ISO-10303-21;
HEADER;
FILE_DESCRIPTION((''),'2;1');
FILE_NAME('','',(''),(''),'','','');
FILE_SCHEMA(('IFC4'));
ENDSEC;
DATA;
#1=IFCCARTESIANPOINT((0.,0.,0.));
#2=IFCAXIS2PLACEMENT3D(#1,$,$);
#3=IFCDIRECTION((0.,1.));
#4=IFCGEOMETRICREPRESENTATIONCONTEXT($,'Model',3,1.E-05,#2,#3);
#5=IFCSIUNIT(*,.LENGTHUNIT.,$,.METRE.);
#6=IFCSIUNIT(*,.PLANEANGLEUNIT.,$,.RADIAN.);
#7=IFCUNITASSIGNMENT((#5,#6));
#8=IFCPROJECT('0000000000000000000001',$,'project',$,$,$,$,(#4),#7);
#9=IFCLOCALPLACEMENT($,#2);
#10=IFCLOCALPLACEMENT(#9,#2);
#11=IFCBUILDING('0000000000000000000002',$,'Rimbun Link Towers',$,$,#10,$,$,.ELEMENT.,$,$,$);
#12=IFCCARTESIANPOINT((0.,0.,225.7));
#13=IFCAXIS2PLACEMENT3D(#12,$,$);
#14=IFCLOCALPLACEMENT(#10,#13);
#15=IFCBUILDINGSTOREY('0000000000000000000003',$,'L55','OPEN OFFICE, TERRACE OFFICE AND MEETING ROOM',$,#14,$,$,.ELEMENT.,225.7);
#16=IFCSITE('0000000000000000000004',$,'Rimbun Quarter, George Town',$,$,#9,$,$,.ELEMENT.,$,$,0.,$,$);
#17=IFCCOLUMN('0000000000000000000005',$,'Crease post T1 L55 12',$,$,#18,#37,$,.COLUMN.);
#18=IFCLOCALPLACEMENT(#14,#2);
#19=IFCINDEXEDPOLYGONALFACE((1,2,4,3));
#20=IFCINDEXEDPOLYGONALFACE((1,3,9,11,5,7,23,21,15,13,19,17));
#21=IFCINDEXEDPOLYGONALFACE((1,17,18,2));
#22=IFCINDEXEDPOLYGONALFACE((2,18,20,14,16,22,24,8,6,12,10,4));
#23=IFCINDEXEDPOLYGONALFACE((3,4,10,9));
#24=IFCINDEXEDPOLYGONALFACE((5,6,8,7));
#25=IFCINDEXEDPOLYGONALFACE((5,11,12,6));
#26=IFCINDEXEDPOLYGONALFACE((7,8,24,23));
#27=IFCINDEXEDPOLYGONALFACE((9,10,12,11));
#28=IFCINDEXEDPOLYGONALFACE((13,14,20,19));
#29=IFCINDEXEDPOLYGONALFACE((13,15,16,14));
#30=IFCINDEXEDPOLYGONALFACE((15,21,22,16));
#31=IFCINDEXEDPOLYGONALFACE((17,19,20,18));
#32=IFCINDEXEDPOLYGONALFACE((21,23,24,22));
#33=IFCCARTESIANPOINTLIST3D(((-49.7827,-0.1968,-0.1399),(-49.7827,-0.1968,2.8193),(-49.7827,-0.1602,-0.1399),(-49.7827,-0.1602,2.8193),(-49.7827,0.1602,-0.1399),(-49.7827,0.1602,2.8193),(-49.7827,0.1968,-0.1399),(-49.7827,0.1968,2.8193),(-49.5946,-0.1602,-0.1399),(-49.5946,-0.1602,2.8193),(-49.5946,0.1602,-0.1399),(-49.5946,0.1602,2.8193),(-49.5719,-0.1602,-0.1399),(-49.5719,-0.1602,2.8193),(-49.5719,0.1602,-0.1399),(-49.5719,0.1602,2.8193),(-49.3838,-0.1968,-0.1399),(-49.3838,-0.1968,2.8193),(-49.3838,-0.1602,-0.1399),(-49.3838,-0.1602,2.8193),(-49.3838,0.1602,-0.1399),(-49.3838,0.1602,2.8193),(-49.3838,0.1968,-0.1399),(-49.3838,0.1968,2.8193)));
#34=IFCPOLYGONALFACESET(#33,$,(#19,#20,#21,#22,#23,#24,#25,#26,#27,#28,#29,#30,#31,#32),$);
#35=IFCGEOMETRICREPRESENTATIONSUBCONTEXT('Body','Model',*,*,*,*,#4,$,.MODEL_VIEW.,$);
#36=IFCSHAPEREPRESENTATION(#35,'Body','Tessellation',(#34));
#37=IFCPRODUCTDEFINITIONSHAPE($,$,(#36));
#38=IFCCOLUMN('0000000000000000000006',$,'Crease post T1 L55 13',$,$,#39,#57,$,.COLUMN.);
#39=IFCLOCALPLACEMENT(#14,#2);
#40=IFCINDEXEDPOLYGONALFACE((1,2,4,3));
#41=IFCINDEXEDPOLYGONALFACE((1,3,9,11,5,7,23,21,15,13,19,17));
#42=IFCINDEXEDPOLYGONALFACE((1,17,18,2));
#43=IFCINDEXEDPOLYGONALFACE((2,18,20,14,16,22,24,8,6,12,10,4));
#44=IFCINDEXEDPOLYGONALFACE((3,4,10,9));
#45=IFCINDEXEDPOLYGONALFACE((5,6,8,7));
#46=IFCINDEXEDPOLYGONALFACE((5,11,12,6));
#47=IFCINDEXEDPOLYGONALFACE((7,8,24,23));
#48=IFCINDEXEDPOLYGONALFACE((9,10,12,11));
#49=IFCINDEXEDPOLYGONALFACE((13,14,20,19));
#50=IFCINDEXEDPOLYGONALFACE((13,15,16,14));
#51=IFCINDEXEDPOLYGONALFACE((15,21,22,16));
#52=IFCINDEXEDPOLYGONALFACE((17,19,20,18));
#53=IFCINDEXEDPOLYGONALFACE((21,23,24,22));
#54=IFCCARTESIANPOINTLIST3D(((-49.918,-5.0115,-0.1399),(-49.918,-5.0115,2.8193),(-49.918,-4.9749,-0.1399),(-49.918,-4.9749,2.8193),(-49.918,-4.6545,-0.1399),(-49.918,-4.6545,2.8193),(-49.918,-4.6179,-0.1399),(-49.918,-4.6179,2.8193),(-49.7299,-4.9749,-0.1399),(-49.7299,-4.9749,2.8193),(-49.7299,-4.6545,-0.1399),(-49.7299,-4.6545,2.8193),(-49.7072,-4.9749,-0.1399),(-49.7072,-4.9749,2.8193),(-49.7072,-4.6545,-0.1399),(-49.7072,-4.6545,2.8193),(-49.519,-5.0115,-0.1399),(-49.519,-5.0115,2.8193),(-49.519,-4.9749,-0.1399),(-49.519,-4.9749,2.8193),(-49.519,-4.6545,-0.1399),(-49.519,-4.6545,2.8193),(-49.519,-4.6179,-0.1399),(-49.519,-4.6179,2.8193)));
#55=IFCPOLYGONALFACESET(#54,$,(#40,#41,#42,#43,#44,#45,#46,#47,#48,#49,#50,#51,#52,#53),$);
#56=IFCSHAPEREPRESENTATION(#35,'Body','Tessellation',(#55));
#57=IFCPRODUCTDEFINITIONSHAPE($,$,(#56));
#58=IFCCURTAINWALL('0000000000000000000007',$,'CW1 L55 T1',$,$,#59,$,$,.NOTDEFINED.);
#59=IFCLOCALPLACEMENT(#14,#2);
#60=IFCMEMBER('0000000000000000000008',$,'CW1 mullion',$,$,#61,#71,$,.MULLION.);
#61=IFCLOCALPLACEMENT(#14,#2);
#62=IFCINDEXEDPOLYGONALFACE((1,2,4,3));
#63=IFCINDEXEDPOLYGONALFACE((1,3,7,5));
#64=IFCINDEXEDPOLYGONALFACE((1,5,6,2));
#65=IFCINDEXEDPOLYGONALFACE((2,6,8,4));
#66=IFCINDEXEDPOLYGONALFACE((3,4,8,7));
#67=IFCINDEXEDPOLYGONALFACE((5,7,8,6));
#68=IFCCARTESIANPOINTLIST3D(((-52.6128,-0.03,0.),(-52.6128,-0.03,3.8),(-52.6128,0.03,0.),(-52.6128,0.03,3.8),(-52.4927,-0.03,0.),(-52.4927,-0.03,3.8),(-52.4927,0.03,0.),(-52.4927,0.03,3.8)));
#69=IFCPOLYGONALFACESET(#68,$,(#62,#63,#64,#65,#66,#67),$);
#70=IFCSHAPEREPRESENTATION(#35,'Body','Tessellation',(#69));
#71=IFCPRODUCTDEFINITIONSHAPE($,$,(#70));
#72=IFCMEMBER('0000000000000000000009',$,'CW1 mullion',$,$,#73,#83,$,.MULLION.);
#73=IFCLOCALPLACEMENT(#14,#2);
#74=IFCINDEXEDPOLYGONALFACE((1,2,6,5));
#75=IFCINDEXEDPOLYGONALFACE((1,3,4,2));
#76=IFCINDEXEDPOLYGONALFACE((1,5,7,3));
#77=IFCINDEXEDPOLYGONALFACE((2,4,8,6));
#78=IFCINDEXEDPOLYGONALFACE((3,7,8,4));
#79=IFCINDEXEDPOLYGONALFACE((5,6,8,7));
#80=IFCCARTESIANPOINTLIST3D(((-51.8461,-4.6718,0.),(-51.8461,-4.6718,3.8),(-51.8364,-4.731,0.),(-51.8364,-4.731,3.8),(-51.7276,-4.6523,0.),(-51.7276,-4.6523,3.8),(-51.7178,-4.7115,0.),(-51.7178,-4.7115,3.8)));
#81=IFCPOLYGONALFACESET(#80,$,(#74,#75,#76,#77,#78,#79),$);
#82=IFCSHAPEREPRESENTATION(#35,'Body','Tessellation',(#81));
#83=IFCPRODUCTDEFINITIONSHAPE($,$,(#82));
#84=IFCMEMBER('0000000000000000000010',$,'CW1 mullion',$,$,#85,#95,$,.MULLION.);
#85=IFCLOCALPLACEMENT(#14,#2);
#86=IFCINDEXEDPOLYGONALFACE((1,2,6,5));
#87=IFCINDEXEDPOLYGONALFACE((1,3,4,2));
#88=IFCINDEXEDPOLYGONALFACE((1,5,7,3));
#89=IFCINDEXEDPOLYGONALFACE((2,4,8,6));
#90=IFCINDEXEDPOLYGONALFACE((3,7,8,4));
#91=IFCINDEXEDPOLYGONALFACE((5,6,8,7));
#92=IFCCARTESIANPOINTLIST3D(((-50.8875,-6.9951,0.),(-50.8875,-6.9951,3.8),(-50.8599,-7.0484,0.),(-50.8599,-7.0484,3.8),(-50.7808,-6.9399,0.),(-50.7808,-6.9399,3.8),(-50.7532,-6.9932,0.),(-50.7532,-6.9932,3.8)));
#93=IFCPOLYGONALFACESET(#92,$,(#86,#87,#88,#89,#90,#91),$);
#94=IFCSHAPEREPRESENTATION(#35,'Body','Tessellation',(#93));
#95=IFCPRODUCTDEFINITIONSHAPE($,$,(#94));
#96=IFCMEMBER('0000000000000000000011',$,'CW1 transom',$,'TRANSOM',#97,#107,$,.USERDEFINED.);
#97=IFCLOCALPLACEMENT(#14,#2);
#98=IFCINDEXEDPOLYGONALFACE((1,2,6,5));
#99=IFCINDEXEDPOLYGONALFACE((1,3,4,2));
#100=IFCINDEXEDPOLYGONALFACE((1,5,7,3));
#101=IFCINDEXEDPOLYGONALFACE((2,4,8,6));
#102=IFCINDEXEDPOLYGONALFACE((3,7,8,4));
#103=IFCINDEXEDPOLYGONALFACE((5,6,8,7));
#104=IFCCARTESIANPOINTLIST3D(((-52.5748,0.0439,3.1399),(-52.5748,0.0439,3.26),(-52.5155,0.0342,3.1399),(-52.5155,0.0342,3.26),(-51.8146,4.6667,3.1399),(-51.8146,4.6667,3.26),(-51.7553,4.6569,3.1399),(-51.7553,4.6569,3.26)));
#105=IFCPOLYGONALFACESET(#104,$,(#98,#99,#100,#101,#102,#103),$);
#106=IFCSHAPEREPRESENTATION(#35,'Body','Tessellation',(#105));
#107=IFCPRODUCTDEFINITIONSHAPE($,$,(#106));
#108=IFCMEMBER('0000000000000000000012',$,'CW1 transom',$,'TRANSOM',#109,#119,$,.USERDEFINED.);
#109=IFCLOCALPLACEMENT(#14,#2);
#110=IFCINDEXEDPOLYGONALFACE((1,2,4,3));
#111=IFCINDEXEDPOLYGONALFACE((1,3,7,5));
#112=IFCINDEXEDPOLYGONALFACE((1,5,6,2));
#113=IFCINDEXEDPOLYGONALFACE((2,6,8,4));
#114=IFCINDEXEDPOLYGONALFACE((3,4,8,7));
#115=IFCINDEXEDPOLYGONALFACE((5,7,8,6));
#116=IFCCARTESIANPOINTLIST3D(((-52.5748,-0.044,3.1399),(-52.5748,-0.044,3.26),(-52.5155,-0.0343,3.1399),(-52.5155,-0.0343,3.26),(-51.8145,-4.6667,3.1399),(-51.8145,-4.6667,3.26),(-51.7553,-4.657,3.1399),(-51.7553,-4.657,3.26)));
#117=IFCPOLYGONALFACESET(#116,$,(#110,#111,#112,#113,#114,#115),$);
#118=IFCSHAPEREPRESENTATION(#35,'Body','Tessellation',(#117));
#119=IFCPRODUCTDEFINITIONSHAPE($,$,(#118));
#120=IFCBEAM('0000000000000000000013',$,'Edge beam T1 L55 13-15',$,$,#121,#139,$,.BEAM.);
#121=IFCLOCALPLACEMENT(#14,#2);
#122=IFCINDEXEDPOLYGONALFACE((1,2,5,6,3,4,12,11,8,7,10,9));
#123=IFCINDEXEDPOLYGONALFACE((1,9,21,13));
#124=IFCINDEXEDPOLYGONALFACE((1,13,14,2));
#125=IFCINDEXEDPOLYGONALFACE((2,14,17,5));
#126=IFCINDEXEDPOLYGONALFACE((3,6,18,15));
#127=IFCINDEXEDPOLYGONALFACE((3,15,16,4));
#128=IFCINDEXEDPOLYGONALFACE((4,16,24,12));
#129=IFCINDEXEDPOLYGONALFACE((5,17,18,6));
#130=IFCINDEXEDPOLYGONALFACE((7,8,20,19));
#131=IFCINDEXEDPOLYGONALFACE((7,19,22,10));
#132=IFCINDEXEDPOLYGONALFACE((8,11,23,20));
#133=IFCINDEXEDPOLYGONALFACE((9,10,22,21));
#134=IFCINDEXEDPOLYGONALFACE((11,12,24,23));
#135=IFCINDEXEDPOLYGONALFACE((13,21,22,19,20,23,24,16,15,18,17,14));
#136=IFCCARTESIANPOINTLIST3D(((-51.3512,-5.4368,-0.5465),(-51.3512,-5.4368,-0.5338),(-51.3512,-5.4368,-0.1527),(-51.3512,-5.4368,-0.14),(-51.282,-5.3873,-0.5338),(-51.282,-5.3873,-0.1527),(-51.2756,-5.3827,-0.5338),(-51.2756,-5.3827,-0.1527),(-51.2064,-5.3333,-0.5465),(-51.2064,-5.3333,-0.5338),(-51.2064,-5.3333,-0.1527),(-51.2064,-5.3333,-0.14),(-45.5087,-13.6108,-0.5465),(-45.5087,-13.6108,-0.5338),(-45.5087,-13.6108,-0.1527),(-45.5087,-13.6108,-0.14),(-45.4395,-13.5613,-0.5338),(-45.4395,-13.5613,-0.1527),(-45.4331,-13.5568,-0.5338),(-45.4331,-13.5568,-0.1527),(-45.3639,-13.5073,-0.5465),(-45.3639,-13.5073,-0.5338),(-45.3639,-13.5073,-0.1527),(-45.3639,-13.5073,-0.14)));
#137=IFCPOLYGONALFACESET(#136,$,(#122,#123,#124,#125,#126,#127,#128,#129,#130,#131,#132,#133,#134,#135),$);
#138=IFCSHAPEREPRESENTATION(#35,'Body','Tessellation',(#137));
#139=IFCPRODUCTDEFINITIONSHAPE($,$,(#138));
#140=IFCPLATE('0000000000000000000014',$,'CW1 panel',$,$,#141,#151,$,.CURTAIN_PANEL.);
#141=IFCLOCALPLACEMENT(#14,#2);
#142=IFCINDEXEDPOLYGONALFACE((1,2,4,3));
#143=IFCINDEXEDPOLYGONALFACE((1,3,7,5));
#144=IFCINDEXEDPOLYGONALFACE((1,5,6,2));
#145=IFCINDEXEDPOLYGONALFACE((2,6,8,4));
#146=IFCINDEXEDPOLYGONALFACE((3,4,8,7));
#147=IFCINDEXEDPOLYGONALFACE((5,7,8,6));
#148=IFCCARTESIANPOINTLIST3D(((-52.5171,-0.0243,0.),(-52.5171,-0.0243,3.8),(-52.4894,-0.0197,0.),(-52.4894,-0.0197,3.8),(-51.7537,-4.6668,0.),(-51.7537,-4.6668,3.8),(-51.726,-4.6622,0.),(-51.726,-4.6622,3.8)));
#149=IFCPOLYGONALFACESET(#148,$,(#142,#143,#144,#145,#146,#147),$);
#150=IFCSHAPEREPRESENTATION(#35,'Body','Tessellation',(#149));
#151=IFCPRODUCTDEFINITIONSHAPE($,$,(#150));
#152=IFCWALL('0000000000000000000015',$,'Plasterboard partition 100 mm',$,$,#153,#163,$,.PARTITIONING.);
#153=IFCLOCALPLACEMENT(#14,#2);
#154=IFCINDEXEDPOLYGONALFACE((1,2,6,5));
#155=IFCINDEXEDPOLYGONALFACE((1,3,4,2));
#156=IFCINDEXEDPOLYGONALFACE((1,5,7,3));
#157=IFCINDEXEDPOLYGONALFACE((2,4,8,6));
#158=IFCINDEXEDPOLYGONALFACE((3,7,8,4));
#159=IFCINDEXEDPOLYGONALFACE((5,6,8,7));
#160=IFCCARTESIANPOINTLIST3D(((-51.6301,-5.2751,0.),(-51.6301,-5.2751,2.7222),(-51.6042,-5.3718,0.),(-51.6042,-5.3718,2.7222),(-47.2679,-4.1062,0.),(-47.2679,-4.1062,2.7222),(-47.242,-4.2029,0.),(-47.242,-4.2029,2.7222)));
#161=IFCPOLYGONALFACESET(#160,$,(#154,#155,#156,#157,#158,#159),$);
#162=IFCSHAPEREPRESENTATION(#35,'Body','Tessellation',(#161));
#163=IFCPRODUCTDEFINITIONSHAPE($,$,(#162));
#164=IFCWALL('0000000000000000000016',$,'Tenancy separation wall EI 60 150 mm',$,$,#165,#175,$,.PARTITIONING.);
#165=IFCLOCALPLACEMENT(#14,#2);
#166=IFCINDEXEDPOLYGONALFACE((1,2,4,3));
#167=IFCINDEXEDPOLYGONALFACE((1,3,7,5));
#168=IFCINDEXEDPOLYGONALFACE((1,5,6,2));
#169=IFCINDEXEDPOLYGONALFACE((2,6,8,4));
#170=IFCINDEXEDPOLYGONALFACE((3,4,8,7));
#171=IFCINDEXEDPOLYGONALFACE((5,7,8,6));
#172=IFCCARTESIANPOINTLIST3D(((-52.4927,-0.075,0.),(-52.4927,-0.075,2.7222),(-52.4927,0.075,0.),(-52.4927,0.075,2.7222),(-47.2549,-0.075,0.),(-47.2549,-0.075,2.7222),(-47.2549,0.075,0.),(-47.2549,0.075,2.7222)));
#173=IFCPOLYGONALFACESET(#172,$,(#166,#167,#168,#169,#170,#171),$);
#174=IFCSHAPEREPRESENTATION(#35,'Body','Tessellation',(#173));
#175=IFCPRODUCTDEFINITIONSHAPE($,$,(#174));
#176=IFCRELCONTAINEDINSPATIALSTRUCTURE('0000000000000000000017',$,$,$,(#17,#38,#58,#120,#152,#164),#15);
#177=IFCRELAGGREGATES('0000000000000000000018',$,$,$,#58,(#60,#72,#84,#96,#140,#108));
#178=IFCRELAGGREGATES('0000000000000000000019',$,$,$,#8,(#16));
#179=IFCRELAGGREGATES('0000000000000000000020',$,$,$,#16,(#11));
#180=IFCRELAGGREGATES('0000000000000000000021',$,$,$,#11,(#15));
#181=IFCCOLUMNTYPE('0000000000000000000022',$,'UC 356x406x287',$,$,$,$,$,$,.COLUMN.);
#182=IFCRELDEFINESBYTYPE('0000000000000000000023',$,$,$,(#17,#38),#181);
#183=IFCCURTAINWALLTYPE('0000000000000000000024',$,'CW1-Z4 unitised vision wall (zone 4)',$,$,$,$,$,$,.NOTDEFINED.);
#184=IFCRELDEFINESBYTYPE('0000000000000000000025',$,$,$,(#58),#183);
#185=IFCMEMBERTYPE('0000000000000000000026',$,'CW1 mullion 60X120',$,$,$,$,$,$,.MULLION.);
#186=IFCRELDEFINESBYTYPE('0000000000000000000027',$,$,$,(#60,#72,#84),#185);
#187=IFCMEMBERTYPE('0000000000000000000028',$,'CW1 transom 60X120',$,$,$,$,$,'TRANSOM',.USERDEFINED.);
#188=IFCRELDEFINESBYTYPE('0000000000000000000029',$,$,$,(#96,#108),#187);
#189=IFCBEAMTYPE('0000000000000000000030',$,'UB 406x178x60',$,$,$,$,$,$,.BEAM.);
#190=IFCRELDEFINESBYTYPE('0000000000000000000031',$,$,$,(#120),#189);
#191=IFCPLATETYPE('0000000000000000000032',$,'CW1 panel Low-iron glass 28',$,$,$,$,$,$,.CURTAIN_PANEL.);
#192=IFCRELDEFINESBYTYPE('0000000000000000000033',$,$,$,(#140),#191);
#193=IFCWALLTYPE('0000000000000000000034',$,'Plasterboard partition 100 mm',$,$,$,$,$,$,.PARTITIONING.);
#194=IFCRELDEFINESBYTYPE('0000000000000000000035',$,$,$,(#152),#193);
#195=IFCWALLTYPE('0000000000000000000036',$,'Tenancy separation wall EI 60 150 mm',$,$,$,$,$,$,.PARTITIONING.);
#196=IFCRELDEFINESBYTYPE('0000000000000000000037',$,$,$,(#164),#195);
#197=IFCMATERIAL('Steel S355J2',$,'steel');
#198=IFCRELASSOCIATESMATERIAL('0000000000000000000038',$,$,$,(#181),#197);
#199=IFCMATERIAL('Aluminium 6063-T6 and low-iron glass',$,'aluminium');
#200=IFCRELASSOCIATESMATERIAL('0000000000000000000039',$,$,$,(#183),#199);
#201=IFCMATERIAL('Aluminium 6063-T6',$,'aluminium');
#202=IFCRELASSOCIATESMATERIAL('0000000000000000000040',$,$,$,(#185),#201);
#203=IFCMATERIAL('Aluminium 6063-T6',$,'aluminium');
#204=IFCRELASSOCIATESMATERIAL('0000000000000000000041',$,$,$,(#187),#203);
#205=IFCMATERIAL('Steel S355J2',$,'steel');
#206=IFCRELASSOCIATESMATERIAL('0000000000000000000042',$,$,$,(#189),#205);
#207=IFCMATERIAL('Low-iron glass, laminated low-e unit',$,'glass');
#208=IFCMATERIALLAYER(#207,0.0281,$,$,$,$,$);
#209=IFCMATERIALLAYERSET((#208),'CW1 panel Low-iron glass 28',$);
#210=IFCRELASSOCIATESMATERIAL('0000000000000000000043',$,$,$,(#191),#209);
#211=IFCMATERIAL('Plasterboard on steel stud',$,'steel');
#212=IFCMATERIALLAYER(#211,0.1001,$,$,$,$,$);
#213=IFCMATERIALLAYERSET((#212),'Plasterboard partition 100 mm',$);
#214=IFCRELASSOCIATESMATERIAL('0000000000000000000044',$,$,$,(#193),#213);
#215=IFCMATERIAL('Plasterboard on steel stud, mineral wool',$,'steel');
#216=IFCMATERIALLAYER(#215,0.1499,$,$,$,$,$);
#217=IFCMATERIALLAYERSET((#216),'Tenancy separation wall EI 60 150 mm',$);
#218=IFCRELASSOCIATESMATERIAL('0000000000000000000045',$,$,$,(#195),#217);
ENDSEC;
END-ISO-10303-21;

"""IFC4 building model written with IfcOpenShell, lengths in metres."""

from ifc_helpers import new_model, si_unit, direction, frame, frame_2d, origin, origin_2d, place, context, subcontext, project, spatial, rectangle, i_section, extrude, material, layer, layer_set, material_profile, profile_set, type_object, element, aggregate, save


model = new_model("IFC4")

# Units and contexts
model_context = context("Model", 3, precision=1e-05, world=origin(), true_north=direction((0.0, 1.0)))
body_context = subcontext(model_context, "Body", "Model", "MODEL_VIEW")
ifc_project = project(units=[si_unit("LENGTHUNIT", "METRE"), si_unit("PLANEANGLEUNIT", "RADIAN")], contexts=[model_context])

# Site, building, storey
site_placement = place(None, origin())
site = spatial("IfcSite", under=ifc_project, at=site_placement, Name="Rimbun Quarter, George Town", CompositionType="ELEMENT", RefElevation=0.0)
building_placement = place(site_placement, origin())
building = spatial("IfcBuilding", under=site, at=building_placement, Name="Rimbun Link Towers", CompositionType="ELEMENT")
storey_placement = place(building_placement, frame((0.0, 0.0, 225.7)))
storey = spatial("IfcBuildingStorey", under=building, at=storey_placement, Name="L55", Description="OPEN OFFICE, TERRACE OFFICE AND MEETING ROOM", CompositionType="ELEMENT", Elevation=225.7)

# Columns
ifc_material_1 = material(Name="Steel S355J2", Category="steel")
ifc_material_profile_1 = material_profile(ifc_material_1, i_section(OverallWidth=0.3989, OverallDepth=0.3936, WebThickness=0.0227, FlangeThickness=0.0366, at=origin_2d()), Name="UC 356x406x287")
ifc_profile_set_1 = profile_set([ifc_material_profile_1], Name="Steel S355J2")
column_type = type_object("IfcColumnType", Name="UC 356x406x287", PredefinedType="COLUMN", material=ifc_profile_set_1)
for number, where, z_axis, x_axis, name in (
    (1, (-49.5833, 0.0, -0.1399), (0.0, 0.0, 1.0), (1.0, 0.0, 0.0), "Crease post T1 L55 12"),
    (2, (-49.7185, -4.8147, -0.1399), (0.0, 0.0, 1.0), (1.0, 0.0, 0.0), "Crease post T1 L55 13"),
):
    element("IfcColumn", number, at=place(storey_placement, frame(where, z_axis=z_axis, x_axis=x_axis)), inside=storey, type_object=column_type, Name=name, PredefinedType="COLUMN", context=body_context, shape_type="SweptSolid", body=[
        extrude(i_section(OverallWidth=0.3989, OverallDepth=0.3936, WebThickness=0.0227, FlangeThickness=0.0366, at=origin_2d()), origin(), (0.0, 0.0, 1.0), 2.9592),
    ])

# Curtain wall, members
ifc_material_2 = material(Name="Aluminium 6063-T6 and low-iron glass", Category="aluminium")
curtain_wall_type = type_object("IfcCurtainWallType", Name="CW1-Z4 unitised vision wall (zone 4)", PredefinedType="NOTDEFINED", material=ifc_material_2)
curtain_wall_placement = place(storey_placement, origin())
curtain_wall = element("IfcCurtainWall", 3, at=curtain_wall_placement, inside=storey, type_object=curtain_wall_type, Name="CW1 L55 T1", PredefinedType="NOTDEFINED")
ifc_material_3 = material(Name="Aluminium 6063-T6", Category="aluminium")
ifc_material_profile_2 = material_profile(ifc_material_3, rectangle(XDim=0.1201, YDim=0.0601, at=origin_2d()), Name="MULLION 60X120")
ifc_profile_set_2 = profile_set([ifc_material_profile_2], Name="Aluminium 6063-T6")
member_type_1 = type_object("IfcMemberType", Name="CW1 mullion 60X120", PredefinedType="MULLION", material=ifc_profile_set_2)
member_1_placement = place(storey_placement, frame((-52.5527, 0.0, 0.0), z_axis=(0.0, 0.0, 1.0), x_axis=(-1.0, 0.0, 0.0)))
member_1 = element("IfcMember", 4, at=member_1_placement, type_object=member_type_1, Name="CW1 mullion", PredefinedType="MULLION", context=body_context, shape_type="SweptSolid", body=[
    extrude(rectangle(XDim=0.1201, YDim=0.0601, at=origin_2d()), origin(), (0.0, 0.0, 1.0), 3.8),
])
member_2_placement = place(storey_placement, frame((-51.782, -4.6917, 0.0), z_axis=(0.0, 0.0, 1.0), x_axis=(-0.986747, -0.162264, 0.0)))
member_2 = element("IfcMember", 5, at=member_2_placement, type_object=member_type_1, Name="CW1 mullion", PredefinedType="MULLION", context=body_context, shape_type="SweptSolid", body=[
    extrude(rectangle(XDim=0.1201, YDim=0.0601, at=origin_2d()), origin(), (0.0, 0.0, 1.0), 3.8),
])
member_3_placement = place(storey_placement, frame((-50.8203, -6.9941, 0.0), z_axis=(0.0, 0.0, 1.0), x_axis=(-0.888153, -0.459548, 0.0)))
member_3 = element("IfcMember", 6, at=member_3_placement, type_object=member_type_1, Name="CW1 mullion", PredefinedType="MULLION", context=body_context, shape_type="SweptSolid", body=[
    extrude(rectangle(XDim=0.1201, YDim=0.0601, at=origin_2d()), origin(), (0.0, 0.0, 1.0), 3.8),
])
ifc_material_4 = material(Name="Aluminium 6063-T6", Category="aluminium")
ifc_material_profile_3 = material_profile(ifc_material_4, rectangle(XDim=0.0601, YDim=0.1201, at=origin_2d()), Name="TRANSOM 60X120")
ifc_profile_set_3 = profile_set([ifc_material_profile_3], Name="Aluminium 6063-T6")
member_type_2 = type_object("IfcMemberType", Name="CW1 transom 60X120", ElementType="TRANSOM", PredefinedType="USERDEFINED", material=ifc_profile_set_3)
member_4_placement = place(storey_placement, frame((-52.5452, 0.0391, 3.2), z_axis=(0.162277, 0.986745, 0.0), x_axis=(-0.986745, 0.162277, 0.0)))
member_4 = element("IfcMember", 7, at=member_4_placement, type_object=member_type_2, Name="CW1 transom", ObjectType="TRANSOM", PredefinedType="USERDEFINED", context=body_context, shape_type="SweptSolid", body=[
    extrude(rectangle(XDim=0.0601, YDim=0.1201, at=origin_2d()), origin(), (0.0, 0.0, 1.0), 4.6848),
])
member_5_placement = place(storey_placement, frame((-51.7849, -4.6619, 3.2), z_axis=(-0.162277, 0.986745, 0.0), x_axis=(-0.986745, -0.162277, 0.0)))
member_5 = element("IfcMember", 8, at=member_5_placement, type_object=member_type_2, Name="CW1 transom", ObjectType="TRANSOM", PredefinedType="USERDEFINED", context=body_context, shape_type="SweptSolid", body=[
    extrude(rectangle(XDim=0.0601, YDim=0.1201, at=origin_2d()), origin(), (0.0, 0.0, 1.0), 4.6848),
])

# Beam
ifc_material_5 = material(Name="Steel S355J2", Category="steel")
ifc_material_profile_4 = material_profile(ifc_material_5, i_section(OverallWidth=0.178, OverallDepth=0.4065, WebThickness=0.0078, FlangeThickness=0.0127, at=origin_2d()), Name="UB 406x178x60")
ifc_profile_set_4 = profile_set([ifc_material_profile_4], Name="Steel S355J2")
beam_type = type_object("IfcBeamType", Name="UB 406x178x60", PredefinedType="BEAM", material=ifc_profile_set_4)
beam_placement = place(storey_placement, frame((-51.2788, -5.385, -0.3433), z_axis=(0.581496, -0.81355, 0.0), x_axis=(0.81355, 0.581496, 0.0)))
element("IfcBeam", 9, at=beam_placement, inside=storey, type_object=beam_type, Name="Edge beam T1 L55 13-15", PredefinedType="BEAM", context=body_context, shape_type="SweptSolid", body=[
    extrude(i_section(OverallWidth=0.178, OverallDepth=0.4065, WebThickness=0.0078, FlangeThickness=0.0127, at=origin_2d()), origin(), (0.0, 0.0, 1.0), 10.0474),
])

# Plate
ifc_material_6 = material(Name="Low-iron glass, laminated low-e unit", Category="glass")
ifc_layer_1 = layer(ifc_material_6, 0.0281)
ifc_layer_set_1 = layer_set([ifc_layer_1], Name="CW1 panel Low-iron glass 28")
plate_type = type_object("IfcPlateType", Name="CW1 panel Low-iron glass 28", PredefinedType="CURTAIN_PANEL", material=ifc_layer_set_1)
plate_placement = place(storey_placement, frame((-52.1216, -2.3433, 0.0), z_axis=(0.0, 0.0, 1.0), x_axis=(-0.162264, 0.986747, 0.0)))
plate = element("IfcPlate", 10, at=plate_placement, type_object=plate_type, Name="CW1 panel", PredefinedType="CURTAIN_PANEL", context=body_context, shape_type="SweptSolid", body=[
    extrude(rectangle(XDim=4.7048, YDim=0.0281, at=origin_2d()), origin(), (0.0, 0.0, 1.0), 3.8),
])
aggregate(curtain_wall, [member_1, member_2, member_3, member_4, plate, member_5])

# Walls
ifc_material_7 = material(Name="Plasterboard on steel stud", Category="steel")
ifc_layer_2 = layer(ifc_material_7, 0.1001)
ifc_layer_set_2 = layer_set([ifc_layer_2], Name="Plasterboard partition 100 mm")
wall_type_1 = type_object("IfcWallType", Name="Plasterboard partition 100 mm", PredefinedType="PARTITIONING", material=ifc_layer_set_2)
wall_1_placement = place(storey_placement, frame((-51.6172, -5.3235, 0.0), z_axis=(0.0, 0.0, 1.0), x_axis=(0.965922, 0.258833, 0.0)))
element("IfcWall", 11, at=wall_1_placement, inside=storey, type_object=wall_type_1, Name="Plasterboard partition 100 mm", PredefinedType="PARTITIONING", context=body_context, shape_type="SweptSolid", body=[
    extrude(rectangle(XDim=4.5161, YDim=0.1001, at=frame_2d((2.2581, 0.0))), origin(), (0.0, 0.0, 1.0), 2.7222),
])
ifc_material_8 = material(Name="Plasterboard on steel stud, mineral wool", Category="steel")
ifc_layer_3 = layer(ifc_material_8, 0.1499)
ifc_layer_set_3 = layer_set([ifc_layer_3], Name="Tenancy separation wall EI 60 150 mm")
wall_type_2 = type_object("IfcWallType", Name="Tenancy separation wall EI 60 150 mm", PredefinedType="PARTITIONING", material=ifc_layer_set_3)
wall_2_placement = place(storey_placement, frame((-47.2549, 0.0, 0.0), z_axis=(0.0, 0.0, 1.0), x_axis=(-1.0, 0.0, 0.0)))
element("IfcWall", 12, at=wall_2_placement, inside=storey, type_object=wall_type_2, Name="Tenancy separation wall EI 60 150 mm", PredefinedType="PARTITIONING", context=body_context, shape_type="SweptSolid", body=[
    extrude(rectangle(XDim=5.2378, YDim=0.1499, at=frame_2d((2.6189, 0.0))), origin(), (0.0, 0.0, 1.0), 2.7222),
])

save(model, "model.ifc")
